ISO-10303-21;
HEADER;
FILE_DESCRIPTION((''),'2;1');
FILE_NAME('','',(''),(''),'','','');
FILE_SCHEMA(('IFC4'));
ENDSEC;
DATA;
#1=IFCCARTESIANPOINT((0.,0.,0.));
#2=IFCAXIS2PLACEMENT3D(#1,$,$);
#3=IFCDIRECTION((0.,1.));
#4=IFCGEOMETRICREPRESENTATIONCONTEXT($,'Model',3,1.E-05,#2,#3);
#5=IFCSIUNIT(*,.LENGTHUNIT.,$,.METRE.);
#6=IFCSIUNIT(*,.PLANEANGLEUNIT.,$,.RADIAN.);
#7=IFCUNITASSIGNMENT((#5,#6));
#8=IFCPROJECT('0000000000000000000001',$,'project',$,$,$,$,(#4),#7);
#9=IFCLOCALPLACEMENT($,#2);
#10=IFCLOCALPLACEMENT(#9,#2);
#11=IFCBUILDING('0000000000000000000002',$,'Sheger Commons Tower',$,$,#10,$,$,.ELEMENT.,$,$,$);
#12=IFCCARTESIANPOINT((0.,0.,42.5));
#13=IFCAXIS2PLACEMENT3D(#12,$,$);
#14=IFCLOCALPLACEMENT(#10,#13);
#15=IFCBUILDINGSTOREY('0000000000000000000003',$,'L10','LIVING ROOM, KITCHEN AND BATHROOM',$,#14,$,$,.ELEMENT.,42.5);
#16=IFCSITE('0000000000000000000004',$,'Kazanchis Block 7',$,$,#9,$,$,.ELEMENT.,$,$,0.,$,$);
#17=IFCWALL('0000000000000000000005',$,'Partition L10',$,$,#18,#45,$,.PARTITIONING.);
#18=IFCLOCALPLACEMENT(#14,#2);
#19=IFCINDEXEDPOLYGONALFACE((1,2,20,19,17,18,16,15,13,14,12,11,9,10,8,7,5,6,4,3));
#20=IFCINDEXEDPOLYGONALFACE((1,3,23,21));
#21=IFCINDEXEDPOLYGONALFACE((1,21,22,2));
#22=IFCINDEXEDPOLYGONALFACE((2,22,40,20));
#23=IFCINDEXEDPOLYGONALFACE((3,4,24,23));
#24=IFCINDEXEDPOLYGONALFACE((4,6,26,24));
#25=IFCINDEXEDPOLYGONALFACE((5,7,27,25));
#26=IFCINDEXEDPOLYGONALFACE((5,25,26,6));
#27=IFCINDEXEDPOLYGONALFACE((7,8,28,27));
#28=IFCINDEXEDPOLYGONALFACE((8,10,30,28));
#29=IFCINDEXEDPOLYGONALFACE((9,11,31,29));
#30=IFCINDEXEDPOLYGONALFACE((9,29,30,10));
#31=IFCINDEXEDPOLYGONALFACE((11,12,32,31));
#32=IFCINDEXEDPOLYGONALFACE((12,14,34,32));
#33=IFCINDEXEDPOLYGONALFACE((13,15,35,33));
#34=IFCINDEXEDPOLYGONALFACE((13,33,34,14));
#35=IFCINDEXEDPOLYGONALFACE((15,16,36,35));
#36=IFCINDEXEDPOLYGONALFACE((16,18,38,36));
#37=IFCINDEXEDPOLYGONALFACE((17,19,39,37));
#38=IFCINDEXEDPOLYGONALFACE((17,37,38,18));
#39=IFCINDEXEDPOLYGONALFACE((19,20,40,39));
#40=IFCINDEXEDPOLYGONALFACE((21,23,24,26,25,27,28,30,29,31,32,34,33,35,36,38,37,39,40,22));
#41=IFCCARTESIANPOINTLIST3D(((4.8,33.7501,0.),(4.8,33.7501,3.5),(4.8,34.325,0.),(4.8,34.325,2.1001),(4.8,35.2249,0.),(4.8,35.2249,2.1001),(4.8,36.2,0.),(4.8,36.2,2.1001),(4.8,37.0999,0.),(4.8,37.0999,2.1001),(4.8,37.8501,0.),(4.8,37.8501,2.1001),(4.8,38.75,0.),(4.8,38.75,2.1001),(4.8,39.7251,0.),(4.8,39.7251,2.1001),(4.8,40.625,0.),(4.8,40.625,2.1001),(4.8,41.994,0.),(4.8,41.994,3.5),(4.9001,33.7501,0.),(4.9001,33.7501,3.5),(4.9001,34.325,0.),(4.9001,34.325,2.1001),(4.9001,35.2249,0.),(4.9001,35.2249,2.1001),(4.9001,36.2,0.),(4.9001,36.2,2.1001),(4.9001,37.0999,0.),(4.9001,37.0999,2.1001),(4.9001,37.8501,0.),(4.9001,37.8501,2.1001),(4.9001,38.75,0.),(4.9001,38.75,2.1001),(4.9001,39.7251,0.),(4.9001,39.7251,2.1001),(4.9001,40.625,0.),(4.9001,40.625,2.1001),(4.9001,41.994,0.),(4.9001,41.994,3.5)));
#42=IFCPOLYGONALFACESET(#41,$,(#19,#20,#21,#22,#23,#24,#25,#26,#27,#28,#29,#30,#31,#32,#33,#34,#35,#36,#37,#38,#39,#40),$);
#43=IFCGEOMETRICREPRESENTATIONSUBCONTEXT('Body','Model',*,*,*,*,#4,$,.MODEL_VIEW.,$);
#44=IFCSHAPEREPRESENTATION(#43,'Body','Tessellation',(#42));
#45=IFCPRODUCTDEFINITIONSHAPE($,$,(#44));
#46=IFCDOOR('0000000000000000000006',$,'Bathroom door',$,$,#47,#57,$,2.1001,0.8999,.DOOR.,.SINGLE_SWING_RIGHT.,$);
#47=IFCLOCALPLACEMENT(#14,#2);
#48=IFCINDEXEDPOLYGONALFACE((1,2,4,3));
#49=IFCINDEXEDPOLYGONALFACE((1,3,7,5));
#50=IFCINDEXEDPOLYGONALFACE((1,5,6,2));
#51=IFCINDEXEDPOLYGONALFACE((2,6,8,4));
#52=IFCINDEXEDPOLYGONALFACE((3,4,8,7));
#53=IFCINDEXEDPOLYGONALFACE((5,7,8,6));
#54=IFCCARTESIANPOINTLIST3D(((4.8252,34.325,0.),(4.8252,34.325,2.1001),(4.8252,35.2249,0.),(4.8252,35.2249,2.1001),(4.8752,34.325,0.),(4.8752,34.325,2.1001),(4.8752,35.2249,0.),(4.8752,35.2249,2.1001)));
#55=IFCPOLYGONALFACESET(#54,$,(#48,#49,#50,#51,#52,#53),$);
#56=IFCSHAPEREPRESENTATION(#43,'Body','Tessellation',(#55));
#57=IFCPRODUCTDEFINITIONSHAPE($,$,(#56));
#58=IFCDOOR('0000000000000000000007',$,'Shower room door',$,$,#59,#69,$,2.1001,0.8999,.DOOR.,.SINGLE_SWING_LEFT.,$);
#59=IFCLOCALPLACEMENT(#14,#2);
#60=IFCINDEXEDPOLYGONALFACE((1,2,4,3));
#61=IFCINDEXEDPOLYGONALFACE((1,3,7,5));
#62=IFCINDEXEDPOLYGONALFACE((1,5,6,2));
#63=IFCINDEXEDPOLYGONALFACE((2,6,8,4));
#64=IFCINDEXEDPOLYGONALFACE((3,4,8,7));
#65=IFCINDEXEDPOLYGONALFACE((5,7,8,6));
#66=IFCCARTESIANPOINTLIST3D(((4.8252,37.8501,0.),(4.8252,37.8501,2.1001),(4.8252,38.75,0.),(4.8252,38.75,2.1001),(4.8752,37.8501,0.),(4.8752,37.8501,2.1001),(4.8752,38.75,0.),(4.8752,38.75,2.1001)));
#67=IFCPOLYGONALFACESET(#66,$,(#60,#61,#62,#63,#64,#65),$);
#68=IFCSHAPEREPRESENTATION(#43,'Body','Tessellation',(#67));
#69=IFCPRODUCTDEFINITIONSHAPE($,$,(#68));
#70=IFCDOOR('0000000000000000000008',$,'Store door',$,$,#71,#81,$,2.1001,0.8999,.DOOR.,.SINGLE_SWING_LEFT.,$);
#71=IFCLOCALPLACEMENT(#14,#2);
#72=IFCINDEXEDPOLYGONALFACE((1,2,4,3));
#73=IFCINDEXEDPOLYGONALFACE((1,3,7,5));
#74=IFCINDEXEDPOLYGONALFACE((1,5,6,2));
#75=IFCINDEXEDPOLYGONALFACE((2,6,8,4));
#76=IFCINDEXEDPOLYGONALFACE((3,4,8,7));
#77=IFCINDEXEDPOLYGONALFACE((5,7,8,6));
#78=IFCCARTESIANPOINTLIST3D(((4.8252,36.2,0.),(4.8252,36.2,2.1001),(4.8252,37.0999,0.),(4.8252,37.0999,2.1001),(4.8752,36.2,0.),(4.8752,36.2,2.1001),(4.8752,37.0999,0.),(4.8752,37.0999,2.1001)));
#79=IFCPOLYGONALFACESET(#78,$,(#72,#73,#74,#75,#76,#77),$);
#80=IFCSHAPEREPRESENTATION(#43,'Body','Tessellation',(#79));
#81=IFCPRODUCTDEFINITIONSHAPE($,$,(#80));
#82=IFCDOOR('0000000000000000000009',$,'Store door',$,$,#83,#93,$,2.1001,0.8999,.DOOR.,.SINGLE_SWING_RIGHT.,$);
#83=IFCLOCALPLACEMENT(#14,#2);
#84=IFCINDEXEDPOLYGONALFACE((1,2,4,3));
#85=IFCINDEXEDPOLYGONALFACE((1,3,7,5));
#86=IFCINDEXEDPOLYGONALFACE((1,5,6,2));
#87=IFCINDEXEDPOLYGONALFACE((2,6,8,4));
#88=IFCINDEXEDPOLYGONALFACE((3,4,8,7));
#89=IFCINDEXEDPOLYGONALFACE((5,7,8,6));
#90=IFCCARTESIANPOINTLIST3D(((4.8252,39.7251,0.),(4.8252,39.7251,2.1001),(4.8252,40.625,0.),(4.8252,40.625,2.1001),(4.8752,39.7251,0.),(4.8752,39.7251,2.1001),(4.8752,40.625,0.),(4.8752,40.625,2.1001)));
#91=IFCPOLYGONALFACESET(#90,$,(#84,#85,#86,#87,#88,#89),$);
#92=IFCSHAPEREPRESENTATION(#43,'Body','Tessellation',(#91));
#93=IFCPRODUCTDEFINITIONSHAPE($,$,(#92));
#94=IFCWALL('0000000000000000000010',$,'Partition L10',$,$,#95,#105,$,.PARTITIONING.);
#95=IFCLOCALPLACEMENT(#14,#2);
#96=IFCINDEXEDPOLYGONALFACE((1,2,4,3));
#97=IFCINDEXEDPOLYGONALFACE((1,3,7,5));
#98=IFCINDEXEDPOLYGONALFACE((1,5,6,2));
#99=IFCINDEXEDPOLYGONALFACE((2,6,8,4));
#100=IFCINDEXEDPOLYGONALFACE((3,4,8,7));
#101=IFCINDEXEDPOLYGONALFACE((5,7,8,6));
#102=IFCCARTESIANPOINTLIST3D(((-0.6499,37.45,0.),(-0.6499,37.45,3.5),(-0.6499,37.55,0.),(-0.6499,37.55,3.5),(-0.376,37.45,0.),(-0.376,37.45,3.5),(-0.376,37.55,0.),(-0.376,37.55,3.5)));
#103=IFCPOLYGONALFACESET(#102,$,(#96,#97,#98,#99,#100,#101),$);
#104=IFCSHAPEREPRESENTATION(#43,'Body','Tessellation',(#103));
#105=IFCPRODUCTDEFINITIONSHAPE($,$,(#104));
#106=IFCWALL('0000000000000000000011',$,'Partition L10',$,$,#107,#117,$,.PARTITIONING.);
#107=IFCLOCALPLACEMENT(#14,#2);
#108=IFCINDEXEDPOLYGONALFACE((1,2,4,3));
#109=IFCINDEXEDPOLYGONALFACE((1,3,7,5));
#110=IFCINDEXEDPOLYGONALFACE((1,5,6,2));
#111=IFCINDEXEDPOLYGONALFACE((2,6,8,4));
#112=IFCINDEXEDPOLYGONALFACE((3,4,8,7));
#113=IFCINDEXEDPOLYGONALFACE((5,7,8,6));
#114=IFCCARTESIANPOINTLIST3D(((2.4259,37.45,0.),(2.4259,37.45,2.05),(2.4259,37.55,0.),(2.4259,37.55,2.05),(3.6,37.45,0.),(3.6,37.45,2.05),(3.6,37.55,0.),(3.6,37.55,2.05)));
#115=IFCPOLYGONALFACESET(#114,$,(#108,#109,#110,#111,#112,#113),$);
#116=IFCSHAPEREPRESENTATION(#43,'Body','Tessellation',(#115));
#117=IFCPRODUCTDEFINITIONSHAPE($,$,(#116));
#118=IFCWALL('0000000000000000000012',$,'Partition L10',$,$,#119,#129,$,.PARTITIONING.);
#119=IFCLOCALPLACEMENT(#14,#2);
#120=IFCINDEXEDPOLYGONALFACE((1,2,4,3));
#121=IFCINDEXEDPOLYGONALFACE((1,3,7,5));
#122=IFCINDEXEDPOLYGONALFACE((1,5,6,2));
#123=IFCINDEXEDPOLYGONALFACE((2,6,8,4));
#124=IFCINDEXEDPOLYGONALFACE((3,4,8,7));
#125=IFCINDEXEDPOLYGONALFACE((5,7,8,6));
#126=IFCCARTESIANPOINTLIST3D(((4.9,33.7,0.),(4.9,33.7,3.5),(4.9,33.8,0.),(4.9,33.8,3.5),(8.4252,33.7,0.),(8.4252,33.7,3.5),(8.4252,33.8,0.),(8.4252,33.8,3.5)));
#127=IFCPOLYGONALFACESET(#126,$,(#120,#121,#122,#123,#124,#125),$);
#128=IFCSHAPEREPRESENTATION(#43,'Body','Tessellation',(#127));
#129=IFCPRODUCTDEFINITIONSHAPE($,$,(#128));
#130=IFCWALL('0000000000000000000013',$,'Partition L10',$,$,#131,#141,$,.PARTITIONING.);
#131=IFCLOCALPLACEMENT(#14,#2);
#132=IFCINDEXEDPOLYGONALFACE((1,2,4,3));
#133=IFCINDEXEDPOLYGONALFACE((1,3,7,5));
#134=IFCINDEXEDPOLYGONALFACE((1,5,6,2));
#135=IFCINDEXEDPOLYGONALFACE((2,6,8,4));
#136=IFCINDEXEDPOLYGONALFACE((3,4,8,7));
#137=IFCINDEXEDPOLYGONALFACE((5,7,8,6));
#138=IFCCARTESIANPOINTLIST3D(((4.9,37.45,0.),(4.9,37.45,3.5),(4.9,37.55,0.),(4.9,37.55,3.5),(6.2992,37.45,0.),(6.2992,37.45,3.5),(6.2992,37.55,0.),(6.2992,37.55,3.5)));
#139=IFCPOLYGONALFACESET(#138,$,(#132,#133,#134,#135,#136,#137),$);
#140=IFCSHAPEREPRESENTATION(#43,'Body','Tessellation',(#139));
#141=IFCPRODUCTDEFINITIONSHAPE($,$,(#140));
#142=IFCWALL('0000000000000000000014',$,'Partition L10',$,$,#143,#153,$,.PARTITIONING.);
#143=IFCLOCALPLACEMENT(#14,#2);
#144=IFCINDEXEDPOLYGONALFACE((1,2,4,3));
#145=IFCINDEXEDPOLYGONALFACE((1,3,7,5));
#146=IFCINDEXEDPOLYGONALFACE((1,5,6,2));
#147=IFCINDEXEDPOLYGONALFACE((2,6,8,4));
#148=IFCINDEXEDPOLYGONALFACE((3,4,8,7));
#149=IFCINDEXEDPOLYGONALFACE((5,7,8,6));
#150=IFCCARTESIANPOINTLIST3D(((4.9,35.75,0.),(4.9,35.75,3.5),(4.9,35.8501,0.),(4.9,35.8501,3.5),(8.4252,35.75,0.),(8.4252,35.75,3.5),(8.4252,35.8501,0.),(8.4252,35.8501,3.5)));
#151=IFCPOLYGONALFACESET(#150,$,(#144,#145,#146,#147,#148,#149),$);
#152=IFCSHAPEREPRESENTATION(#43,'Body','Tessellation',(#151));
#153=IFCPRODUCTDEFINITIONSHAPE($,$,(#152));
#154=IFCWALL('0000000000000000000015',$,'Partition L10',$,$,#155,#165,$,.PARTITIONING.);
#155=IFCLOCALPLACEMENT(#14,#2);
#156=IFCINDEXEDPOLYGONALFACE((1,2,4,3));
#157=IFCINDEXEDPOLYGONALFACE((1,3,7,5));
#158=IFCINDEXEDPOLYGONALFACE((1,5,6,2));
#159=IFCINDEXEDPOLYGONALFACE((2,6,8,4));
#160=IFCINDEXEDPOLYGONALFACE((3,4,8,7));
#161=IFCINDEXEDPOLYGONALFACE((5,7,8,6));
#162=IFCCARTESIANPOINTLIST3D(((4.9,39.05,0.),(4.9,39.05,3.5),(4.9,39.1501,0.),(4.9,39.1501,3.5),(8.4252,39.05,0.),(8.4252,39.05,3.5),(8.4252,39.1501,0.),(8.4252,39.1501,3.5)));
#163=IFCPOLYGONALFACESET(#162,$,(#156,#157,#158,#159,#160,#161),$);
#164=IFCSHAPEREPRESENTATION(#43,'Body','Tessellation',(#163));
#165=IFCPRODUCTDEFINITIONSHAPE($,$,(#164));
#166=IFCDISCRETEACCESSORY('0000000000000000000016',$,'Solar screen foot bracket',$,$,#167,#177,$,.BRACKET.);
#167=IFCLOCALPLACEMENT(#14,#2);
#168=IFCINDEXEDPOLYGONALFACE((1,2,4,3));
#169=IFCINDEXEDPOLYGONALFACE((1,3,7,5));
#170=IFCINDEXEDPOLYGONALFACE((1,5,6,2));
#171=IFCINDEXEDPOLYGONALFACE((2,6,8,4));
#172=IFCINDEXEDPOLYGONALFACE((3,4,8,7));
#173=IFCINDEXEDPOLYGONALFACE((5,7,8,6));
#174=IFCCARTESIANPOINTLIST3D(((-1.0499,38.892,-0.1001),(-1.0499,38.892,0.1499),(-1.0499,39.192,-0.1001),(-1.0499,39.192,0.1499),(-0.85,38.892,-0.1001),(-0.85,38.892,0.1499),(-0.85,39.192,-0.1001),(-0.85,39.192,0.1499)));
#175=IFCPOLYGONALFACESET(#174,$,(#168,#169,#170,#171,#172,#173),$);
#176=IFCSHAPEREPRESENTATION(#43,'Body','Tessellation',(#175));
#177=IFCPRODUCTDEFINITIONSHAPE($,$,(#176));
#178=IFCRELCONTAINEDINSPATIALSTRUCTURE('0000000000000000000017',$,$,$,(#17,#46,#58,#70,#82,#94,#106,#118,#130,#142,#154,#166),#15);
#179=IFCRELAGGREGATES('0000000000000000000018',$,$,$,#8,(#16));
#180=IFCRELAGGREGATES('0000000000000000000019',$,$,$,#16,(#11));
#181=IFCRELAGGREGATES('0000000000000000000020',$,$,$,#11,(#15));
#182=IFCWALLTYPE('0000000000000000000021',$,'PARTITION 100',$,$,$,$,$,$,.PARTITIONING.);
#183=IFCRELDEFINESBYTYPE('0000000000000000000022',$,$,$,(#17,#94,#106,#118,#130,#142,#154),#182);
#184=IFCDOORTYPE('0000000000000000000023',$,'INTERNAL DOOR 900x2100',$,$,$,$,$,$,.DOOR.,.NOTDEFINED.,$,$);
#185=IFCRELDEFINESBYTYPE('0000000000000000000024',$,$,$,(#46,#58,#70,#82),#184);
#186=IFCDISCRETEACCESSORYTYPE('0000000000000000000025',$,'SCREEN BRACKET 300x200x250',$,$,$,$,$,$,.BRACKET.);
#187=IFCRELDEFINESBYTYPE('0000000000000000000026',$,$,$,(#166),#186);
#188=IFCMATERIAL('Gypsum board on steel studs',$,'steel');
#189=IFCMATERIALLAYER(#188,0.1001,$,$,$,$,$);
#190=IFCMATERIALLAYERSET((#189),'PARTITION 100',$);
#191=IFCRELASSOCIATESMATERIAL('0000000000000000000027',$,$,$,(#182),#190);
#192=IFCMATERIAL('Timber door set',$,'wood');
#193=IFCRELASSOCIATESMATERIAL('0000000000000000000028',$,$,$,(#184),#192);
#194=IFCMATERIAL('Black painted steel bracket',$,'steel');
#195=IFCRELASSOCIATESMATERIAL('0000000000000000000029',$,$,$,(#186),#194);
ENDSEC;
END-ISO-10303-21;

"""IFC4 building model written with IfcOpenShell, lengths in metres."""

from ifc_helpers import new_model, si_unit, direction, frame, frame_2d, origin, origin_2d, place, context, subcontext, project, spatial, rectangle, extrude, material, layer, layer_set, type_object, element, fill, save


model = new_model("IFC4")

# Units and contexts
model_context = context("Model", 3, precision=1e-05, world=origin(), true_north=direction((0.0, 1.0)))
body_context = subcontext(model_context, "Body", "Model", "MODEL_VIEW")
ifc_project = project(units=[si_unit("LENGTHUNIT", "METRE"), si_unit("PLANEANGLEUNIT", "RADIAN")], contexts=[model_context])

# Site, building, storey
site_placement = place(None, origin())
site = spatial("IfcSite", under=ifc_project, at=site_placement, Name="Kazanchis Block 7", CompositionType="ELEMENT", RefElevation=0.0)
building_placement = place(site_placement, origin())
building = spatial("IfcBuilding", under=site, at=building_placement, Name="Sheger Commons Tower", CompositionType="ELEMENT")
storey_placement = place(building_placement, frame((0.0, 0.0, 42.5)))
storey = spatial("IfcBuildingStorey", under=building, at=storey_placement, Name="L10", Description="LIVING ROOM, KITCHEN AND BATHROOM", CompositionType="ELEMENT", Elevation=42.5)

# Wall, openings, doors
ifc_material_1 = material(Name="Gypsum board on steel studs", Category="steel")
ifc_layer_1 = layer(ifc_material_1, 0.1001)
ifc_layer_set_1 = layer_set([ifc_layer_1], Name="PARTITION 100")
wall_type = type_object("IfcWallType", Name="PARTITION 100", PredefinedType="PARTITIONING", material=ifc_layer_set_1)
ifc_material_2 = material(Name="Timber door set", Category="wood")
door_type = type_object("IfcDoorType", Name="INTERNAL DOOR 900x2100", OperationType="NOTDEFINED", PredefinedType="DOOR", material=ifc_material_2)
wall_1_placement = place(storey_placement, frame((4.8501, 33.75, 0.0), z_axis=(0.0, 0.0, 1.0), x_axis=(0.0, 1.0, 0.0)))
wall_1 = element("IfcWall", 1, at=wall_1_placement, inside=storey, type_object=wall_type, Name="Partition L10", PredefinedType="PARTITIONING", context=body_context, shape_type="SweptSolid", body=[
    extrude(rectangle(XDim=8.2439, YDim=0.1001, at=frame_2d((4.1221, 0.0))), origin(), (0.0, 0.0, 1.0), 3.5),
])
opening_1_placement = place(wall_1_placement, frame((0.575, 0.0, 0.0)))
opening_1 = element("IfcOpeningElement", 2, at=opening_1_placement, cuts=wall_1, PredefinedType="OPENING", context=body_context, shape_type="SweptSolid", body=[
    extrude(rectangle(XDim=0.8999, YDim=2.1001, at=frame_2d((0.45, 1.05))), frame((0.0, 0.0601, 0.0), z_axis=(0.0, -1.0, 0.0), x_axis=(1.0, 0.0, 0.0)), (0.0, 0.0, 1.0), 0.1201),
])
opening_2_placement = place(wall_1_placement, frame((4.1001, 0.0, 0.0)))
opening_2 = element("IfcOpeningElement", 3, at=opening_2_placement, cuts=wall_1, PredefinedType="OPENING", context=body_context, shape_type="SweptSolid", body=[
    extrude(rectangle(XDim=0.8999, YDim=2.1001, at=frame_2d((0.45, 1.05))), frame((0.0, 0.0601, 0.0), z_axis=(0.0, -1.0, 0.0), x_axis=(1.0, 0.0, 0.0)), (0.0, 0.0, 1.0), 0.1201),
])
opening_3_placement = place(wall_1_placement, frame((2.45, 0.0, 0.0)))
opening_3 = element("IfcOpeningElement", 4, at=opening_3_placement, cuts=wall_1, PredefinedType="OPENING", context=body_context, shape_type="SweptSolid", body=[
    extrude(rectangle(XDim=0.8999, YDim=2.1001, at=frame_2d((0.45, 1.05))), frame((0.0, 0.0601, 0.0), z_axis=(0.0, -1.0, 0.0), x_axis=(1.0, 0.0, 0.0)), (0.0, 0.0, 1.0), 0.1201),
])
opening_4_placement = place(wall_1_placement, frame((5.9751, 0.0, 0.0)))
opening_4 = element("IfcOpeningElement", 5, at=opening_4_placement, cuts=wall_1, PredefinedType="OPENING", context=body_context, shape_type="SweptSolid", body=[
    extrude(rectangle(XDim=0.8999, YDim=2.1001, at=frame_2d((0.45, 1.05))), frame((0.0, 0.0601, 0.0), z_axis=(0.0, -1.0, 0.0), x_axis=(1.0, 0.0, 0.0)), (0.0, 0.0, 1.0), 0.1201),
])
door_1_placement = place(opening_1_placement, origin())
door_1 = element("IfcDoor", 6, at=door_1_placement, inside=storey, type_object=door_type, Name="Bathroom door", OperationType="SINGLE_SWING_RIGHT", OverallHeight=2.1001, OverallWidth=0.8999, PredefinedType="DOOR", context=body_context, shape_type="SweptSolid", body=[
    extrude(rectangle(XDim=0.8999, YDim=2.1001, at=frame_2d((0.45, 1.05))), frame((0.0, 0.0249, 0.0), z_axis=(0.0, -1.0, 0.0), x_axis=(1.0, 0.0, 0.0)), (0.0, 0.0, 1.0), 0.05),
])
fill(opening_1, door_1)
door_2_placement = place(opening_2_placement, origin())
door_2 = element("IfcDoor", 7, at=door_2_placement, inside=storey, type_object=door_type, Name="Shower room door", OperationType="SINGLE_SWING_LEFT", OverallHeight=2.1001, OverallWidth=0.8999, PredefinedType="DOOR", context=body_context, shape_type="SweptSolid", body=[
    extrude(rectangle(XDim=0.8999, YDim=2.1001, at=frame_2d((0.45, 1.05))), frame((0.0, 0.0249, 0.0), z_axis=(0.0, -1.0, 0.0), x_axis=(1.0, 0.0, 0.0)), (0.0, 0.0, 1.0), 0.05),
])
fill(opening_2, door_2)
door_3_placement = place(opening_3_placement, origin())
door_3 = element("IfcDoor", 8, at=door_3_placement, inside=storey, type_object=door_type, Name="Store door", OperationType="SINGLE_SWING_LEFT", OverallHeight=2.1001, OverallWidth=0.8999, PredefinedType="DOOR", context=body_context, shape_type="SweptSolid", body=[
    extrude(rectangle(XDim=0.8999, YDim=2.1001, at=frame_2d((0.45, 1.05))), frame((0.0, 0.0249, 0.0), z_axis=(0.0, -1.0, 0.0), x_axis=(1.0, 0.0, 0.0)), (0.0, 0.0, 1.0), 0.05),
])
fill(opening_3, door_3)
door_4_placement = place(opening_4_placement, origin())
door_4 = element("IfcDoor", 9, at=door_4_placement, inside=storey, type_object=door_type, Name="Store door", OperationType="SINGLE_SWING_RIGHT", OverallHeight=2.1001, OverallWidth=0.8999, PredefinedType="DOOR", context=body_context, shape_type="SweptSolid", body=[
    extrude(rectangle(XDim=0.8999, YDim=2.1001, at=frame_2d((0.45, 1.05))), frame((0.0, 0.0249, 0.0), z_axis=(0.0, -1.0, 0.0), x_axis=(1.0, 0.0, 0.0)), (0.0, 0.0, 1.0), 0.05),
])
fill(opening_4, door_4)

# Walls
wall_2_placement = place(storey_placement, frame((-0.6499, 37.5, 0.0), z_axis=(0.0, 0.0, 1.0), x_axis=(1.0, 0.0, 0.0)))
element("IfcWall", 10, at=wall_2_placement, inside=storey, type_object=wall_type, Name="Partition L10", PredefinedType="PARTITIONING", context=body_context, shape_type="SweptSolid", body=[
    extrude(rectangle(XDim=0.2739, YDim=0.1001, at=frame_2d((0.137, 0.0))), origin(), (0.0, 0.0, 1.0), 3.5),
])
wall_3_placement = place(storey_placement, frame((2.426, 37.5, 0.0), z_axis=(0.0, 0.0, 1.0), x_axis=(1.0, 0.0, 0.0)))
element("IfcWall", 11, at=wall_3_placement, inside=storey, type_object=wall_type, Name="Partition L10", PredefinedType="PARTITIONING", context=body_context, shape_type="SweptSolid", body=[
    extrude(rectangle(XDim=1.1741, YDim=0.1001, at=frame_2d((0.5869, 0.0))), origin(), (0.0, 0.0, 1.0), 2.05),
])
wall_4_placement = place(storey_placement, frame((4.8999, 33.75, 0.0), z_axis=(0.0, 0.0, 1.0), x_axis=(1.0, 0.0, 0.0)))
element("IfcWall", 12, at=wall_4_placement, inside=storey, type_object=wall_type, Name="Partition L10", PredefinedType="PARTITIONING", context=body_context, shape_type="SweptSolid", body=[
    extrude(rectangle(XDim=3.5251, YDim=0.1001, at=frame_2d((1.7627, 0.0))), origin(), (0.0, 0.0, 1.0), 3.5),
])
wall_5_placement = place(storey_placement, frame((4.8999, 37.5, 0.0), z_axis=(0.0, 0.0, 1.0), x_axis=(1.0, 0.0, 0.0)))
element("IfcWall", 13, at=wall_5_placement, inside=storey, type_object=wall_type, Name="Partition L10", PredefinedType="PARTITIONING", context=body_context, shape_type="SweptSolid", body=[
    extrude(rectangle(XDim=1.3992, YDim=0.1001, at=frame_2d((0.6997, 0.0))), origin(), (0.0, 0.0, 1.0), 3.5),
])
for number, where, z_axis, x_axis, name in (
    (14, (4.8999, 35.8, 0.0), (0.0, 0.0, 1.0), (1.0, 0.0, 0.0), "Partition L10"),
    (15, (4.8999, 39.1001, 0.0), (0.0, 0.0, 1.0), (1.0, 0.0, 0.0), "Partition L10"),
):
    element("IfcWall", number, at=place(storey_placement, frame(where, z_axis=z_axis, x_axis=x_axis)), inside=storey, type_object=wall_type, Name=name, PredefinedType="PARTITIONING", context=body_context, shape_type="SweptSolid", body=[
        extrude(rectangle(XDim=3.5251, YDim=0.1001, at=frame_2d((1.7627, 0.0))), origin(), (0.0, 0.0, 1.0), 3.5),
    ])

# Discrete accessory
ifc_material_3 = material(Name="Black painted steel bracket", Category="steel")
discrete_accessory_type = type_object("IfcDiscreteAccessoryType", Name="SCREEN BRACKET 300x200x250", PredefinedType="BRACKET", material=ifc_material_3)
for number, where, z_axis, x_axis, name in (
    (16, (-0.95, 39.042, -0.1001), (0.0, 0.0, 1.0), (0.0, -1.0, 0.0), "Solar screen foot bracket"),
):
    element("IfcDiscreteAccessory", number, at=place(storey_placement, frame(where, z_axis=z_axis, x_axis=x_axis)), inside=storey, type_object=discrete_accessory_type, Name=name, PredefinedType="BRACKET", context=body_context, shape_type="SweptSolid", body=[
        extrude(rectangle(XDim=0.3, YDim=0.2, at=origin_2d()), origin(), (0.0, 0.0, 1.0), 0.25),
    ])

save(model, "model.ifc")
